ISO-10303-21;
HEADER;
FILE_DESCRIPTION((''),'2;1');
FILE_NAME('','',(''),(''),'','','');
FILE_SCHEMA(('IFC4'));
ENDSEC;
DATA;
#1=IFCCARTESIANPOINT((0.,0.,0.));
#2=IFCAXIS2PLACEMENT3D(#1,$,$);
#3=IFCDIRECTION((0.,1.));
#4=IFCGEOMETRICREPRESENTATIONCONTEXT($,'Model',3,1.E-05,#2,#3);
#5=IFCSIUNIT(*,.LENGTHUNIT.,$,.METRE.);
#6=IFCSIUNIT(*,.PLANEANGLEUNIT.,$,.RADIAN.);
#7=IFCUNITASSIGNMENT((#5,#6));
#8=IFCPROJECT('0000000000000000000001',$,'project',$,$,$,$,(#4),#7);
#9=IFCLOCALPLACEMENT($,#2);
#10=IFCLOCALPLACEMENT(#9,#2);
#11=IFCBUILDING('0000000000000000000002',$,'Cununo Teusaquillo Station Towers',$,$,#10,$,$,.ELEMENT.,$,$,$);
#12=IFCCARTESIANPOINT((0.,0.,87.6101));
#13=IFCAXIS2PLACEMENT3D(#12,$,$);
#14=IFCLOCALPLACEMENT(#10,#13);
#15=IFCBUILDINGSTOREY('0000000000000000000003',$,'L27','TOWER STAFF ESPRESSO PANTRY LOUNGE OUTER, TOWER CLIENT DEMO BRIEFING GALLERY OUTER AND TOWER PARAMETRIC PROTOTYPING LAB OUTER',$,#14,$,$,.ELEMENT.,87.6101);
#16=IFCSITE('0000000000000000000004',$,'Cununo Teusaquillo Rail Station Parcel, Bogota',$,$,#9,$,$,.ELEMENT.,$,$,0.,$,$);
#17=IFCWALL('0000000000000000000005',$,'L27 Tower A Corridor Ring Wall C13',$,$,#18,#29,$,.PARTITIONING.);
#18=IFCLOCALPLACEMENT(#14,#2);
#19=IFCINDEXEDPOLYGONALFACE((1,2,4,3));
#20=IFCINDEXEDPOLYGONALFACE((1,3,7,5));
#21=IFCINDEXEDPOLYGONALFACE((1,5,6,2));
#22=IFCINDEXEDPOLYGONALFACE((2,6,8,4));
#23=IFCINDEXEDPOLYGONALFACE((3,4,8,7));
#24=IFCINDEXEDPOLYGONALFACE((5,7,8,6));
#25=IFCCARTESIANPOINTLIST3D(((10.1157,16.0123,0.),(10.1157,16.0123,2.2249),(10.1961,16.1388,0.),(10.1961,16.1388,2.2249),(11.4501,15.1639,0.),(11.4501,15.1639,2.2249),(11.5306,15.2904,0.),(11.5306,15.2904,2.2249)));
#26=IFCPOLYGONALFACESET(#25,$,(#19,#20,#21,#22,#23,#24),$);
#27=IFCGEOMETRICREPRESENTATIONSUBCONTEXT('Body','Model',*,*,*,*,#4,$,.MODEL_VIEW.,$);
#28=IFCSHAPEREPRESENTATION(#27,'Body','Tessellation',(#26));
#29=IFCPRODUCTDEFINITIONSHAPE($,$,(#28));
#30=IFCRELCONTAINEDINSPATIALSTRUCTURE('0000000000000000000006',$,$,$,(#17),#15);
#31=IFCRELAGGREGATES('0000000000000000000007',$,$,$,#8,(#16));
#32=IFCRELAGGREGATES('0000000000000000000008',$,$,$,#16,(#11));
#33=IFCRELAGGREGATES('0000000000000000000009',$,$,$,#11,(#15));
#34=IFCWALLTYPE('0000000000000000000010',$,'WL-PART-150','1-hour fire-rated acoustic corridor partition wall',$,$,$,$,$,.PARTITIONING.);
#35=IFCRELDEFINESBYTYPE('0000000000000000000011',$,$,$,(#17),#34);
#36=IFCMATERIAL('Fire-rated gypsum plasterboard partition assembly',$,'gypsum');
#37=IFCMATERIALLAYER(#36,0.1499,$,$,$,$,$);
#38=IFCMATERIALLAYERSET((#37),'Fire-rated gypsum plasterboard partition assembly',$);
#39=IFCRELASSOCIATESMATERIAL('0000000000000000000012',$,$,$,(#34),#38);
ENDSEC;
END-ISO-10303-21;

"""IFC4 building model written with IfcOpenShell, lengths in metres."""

from ifc_helpers import new_model, si_unit, direction, frame, frame_2d, origin, place, context, subcontext, project, spatial, rectangle, extrude, material, layer, layer_set, type_object, element, save


model = new_model("IFC4")

# Units and contexts
model_context = context("Model", 3, precision=1e-05, world=origin(), true_north=direction((0.0, 1.0)))
body_context = subcontext(model_context, "Body", "Model", "MODEL_VIEW")
ifc_project = project(units=[si_unit("LENGTHUNIT", "METRE"), si_unit("PLANEANGLEUNIT", "RADIAN")], contexts=[model_context])

# Site, building, storey
site_placement = place(None, origin())
site = spatial("IfcSite", under=ifc_project, at=site_placement, Name="Cununo Teusaquillo Rail Station Parcel, Bogota", CompositionType="ELEMENT", RefElevation=0.0)
building_placement = place(site_placement, origin())
building = spatial("IfcBuilding", under=site, at=building_placement, Name="Cununo Teusaquillo Station Towers", CompositionType="ELEMENT")
storey_placement = place(building_placement, frame((0.0, 0.0, 87.6101)))
storey = spatial("IfcBuildingStorey", under=building, at=storey_placement, Name="L27", Description="TOWER STAFF ESPRESSO PANTRY LOUNGE OUTER, TOWER CLIENT DEMO BRIEFING GALLERY OUTER AND TOWER PARAMETRIC PROTOTYPING LAB OUTER", CompositionType="ELEMENT", Elevation=87.6101)

# Shared definitions
ifc_material_1 = material(Name="Fire-rated gypsum plasterboard partition assembly", Category="gypsum")
ifc_layer_1 = layer(ifc_material_1, 0.1499)
ifc_layer_set_1 = layer_set([ifc_layer_1], Name="Fire-rated gypsum plasterboard partition assembly")
wall_type_1 = type_object("IfcWallType", Name="WL-PART-150", Description="1-hour fire-rated acoustic corridor partition wall", PredefinedType="PARTITIONING", material=ifc_layer_set_1)

# Wall
wall_1_placement = place(storey_placement, frame((10.156, 16.0754, 0.0), z_axis=(0.0, 0.0, 1.0), x_axis=(0.843897, -0.536506, 0.0)))
element("IfcWall", 1, at=wall_1_placement, inside=storey, type_object=wall_type_1, Name="L27 Tower A Corridor Ring Wall C13", PredefinedType="PARTITIONING", context=body_context, shape_type="SweptSolid", body=[
    extrude(rectangle(XDim=1.5813, YDim=0.1499, at=frame_2d((0.7905, 0.0))), origin(), (0.0, 0.0, 1.0), 2.2249),
])

save(model, "model.ifc")
